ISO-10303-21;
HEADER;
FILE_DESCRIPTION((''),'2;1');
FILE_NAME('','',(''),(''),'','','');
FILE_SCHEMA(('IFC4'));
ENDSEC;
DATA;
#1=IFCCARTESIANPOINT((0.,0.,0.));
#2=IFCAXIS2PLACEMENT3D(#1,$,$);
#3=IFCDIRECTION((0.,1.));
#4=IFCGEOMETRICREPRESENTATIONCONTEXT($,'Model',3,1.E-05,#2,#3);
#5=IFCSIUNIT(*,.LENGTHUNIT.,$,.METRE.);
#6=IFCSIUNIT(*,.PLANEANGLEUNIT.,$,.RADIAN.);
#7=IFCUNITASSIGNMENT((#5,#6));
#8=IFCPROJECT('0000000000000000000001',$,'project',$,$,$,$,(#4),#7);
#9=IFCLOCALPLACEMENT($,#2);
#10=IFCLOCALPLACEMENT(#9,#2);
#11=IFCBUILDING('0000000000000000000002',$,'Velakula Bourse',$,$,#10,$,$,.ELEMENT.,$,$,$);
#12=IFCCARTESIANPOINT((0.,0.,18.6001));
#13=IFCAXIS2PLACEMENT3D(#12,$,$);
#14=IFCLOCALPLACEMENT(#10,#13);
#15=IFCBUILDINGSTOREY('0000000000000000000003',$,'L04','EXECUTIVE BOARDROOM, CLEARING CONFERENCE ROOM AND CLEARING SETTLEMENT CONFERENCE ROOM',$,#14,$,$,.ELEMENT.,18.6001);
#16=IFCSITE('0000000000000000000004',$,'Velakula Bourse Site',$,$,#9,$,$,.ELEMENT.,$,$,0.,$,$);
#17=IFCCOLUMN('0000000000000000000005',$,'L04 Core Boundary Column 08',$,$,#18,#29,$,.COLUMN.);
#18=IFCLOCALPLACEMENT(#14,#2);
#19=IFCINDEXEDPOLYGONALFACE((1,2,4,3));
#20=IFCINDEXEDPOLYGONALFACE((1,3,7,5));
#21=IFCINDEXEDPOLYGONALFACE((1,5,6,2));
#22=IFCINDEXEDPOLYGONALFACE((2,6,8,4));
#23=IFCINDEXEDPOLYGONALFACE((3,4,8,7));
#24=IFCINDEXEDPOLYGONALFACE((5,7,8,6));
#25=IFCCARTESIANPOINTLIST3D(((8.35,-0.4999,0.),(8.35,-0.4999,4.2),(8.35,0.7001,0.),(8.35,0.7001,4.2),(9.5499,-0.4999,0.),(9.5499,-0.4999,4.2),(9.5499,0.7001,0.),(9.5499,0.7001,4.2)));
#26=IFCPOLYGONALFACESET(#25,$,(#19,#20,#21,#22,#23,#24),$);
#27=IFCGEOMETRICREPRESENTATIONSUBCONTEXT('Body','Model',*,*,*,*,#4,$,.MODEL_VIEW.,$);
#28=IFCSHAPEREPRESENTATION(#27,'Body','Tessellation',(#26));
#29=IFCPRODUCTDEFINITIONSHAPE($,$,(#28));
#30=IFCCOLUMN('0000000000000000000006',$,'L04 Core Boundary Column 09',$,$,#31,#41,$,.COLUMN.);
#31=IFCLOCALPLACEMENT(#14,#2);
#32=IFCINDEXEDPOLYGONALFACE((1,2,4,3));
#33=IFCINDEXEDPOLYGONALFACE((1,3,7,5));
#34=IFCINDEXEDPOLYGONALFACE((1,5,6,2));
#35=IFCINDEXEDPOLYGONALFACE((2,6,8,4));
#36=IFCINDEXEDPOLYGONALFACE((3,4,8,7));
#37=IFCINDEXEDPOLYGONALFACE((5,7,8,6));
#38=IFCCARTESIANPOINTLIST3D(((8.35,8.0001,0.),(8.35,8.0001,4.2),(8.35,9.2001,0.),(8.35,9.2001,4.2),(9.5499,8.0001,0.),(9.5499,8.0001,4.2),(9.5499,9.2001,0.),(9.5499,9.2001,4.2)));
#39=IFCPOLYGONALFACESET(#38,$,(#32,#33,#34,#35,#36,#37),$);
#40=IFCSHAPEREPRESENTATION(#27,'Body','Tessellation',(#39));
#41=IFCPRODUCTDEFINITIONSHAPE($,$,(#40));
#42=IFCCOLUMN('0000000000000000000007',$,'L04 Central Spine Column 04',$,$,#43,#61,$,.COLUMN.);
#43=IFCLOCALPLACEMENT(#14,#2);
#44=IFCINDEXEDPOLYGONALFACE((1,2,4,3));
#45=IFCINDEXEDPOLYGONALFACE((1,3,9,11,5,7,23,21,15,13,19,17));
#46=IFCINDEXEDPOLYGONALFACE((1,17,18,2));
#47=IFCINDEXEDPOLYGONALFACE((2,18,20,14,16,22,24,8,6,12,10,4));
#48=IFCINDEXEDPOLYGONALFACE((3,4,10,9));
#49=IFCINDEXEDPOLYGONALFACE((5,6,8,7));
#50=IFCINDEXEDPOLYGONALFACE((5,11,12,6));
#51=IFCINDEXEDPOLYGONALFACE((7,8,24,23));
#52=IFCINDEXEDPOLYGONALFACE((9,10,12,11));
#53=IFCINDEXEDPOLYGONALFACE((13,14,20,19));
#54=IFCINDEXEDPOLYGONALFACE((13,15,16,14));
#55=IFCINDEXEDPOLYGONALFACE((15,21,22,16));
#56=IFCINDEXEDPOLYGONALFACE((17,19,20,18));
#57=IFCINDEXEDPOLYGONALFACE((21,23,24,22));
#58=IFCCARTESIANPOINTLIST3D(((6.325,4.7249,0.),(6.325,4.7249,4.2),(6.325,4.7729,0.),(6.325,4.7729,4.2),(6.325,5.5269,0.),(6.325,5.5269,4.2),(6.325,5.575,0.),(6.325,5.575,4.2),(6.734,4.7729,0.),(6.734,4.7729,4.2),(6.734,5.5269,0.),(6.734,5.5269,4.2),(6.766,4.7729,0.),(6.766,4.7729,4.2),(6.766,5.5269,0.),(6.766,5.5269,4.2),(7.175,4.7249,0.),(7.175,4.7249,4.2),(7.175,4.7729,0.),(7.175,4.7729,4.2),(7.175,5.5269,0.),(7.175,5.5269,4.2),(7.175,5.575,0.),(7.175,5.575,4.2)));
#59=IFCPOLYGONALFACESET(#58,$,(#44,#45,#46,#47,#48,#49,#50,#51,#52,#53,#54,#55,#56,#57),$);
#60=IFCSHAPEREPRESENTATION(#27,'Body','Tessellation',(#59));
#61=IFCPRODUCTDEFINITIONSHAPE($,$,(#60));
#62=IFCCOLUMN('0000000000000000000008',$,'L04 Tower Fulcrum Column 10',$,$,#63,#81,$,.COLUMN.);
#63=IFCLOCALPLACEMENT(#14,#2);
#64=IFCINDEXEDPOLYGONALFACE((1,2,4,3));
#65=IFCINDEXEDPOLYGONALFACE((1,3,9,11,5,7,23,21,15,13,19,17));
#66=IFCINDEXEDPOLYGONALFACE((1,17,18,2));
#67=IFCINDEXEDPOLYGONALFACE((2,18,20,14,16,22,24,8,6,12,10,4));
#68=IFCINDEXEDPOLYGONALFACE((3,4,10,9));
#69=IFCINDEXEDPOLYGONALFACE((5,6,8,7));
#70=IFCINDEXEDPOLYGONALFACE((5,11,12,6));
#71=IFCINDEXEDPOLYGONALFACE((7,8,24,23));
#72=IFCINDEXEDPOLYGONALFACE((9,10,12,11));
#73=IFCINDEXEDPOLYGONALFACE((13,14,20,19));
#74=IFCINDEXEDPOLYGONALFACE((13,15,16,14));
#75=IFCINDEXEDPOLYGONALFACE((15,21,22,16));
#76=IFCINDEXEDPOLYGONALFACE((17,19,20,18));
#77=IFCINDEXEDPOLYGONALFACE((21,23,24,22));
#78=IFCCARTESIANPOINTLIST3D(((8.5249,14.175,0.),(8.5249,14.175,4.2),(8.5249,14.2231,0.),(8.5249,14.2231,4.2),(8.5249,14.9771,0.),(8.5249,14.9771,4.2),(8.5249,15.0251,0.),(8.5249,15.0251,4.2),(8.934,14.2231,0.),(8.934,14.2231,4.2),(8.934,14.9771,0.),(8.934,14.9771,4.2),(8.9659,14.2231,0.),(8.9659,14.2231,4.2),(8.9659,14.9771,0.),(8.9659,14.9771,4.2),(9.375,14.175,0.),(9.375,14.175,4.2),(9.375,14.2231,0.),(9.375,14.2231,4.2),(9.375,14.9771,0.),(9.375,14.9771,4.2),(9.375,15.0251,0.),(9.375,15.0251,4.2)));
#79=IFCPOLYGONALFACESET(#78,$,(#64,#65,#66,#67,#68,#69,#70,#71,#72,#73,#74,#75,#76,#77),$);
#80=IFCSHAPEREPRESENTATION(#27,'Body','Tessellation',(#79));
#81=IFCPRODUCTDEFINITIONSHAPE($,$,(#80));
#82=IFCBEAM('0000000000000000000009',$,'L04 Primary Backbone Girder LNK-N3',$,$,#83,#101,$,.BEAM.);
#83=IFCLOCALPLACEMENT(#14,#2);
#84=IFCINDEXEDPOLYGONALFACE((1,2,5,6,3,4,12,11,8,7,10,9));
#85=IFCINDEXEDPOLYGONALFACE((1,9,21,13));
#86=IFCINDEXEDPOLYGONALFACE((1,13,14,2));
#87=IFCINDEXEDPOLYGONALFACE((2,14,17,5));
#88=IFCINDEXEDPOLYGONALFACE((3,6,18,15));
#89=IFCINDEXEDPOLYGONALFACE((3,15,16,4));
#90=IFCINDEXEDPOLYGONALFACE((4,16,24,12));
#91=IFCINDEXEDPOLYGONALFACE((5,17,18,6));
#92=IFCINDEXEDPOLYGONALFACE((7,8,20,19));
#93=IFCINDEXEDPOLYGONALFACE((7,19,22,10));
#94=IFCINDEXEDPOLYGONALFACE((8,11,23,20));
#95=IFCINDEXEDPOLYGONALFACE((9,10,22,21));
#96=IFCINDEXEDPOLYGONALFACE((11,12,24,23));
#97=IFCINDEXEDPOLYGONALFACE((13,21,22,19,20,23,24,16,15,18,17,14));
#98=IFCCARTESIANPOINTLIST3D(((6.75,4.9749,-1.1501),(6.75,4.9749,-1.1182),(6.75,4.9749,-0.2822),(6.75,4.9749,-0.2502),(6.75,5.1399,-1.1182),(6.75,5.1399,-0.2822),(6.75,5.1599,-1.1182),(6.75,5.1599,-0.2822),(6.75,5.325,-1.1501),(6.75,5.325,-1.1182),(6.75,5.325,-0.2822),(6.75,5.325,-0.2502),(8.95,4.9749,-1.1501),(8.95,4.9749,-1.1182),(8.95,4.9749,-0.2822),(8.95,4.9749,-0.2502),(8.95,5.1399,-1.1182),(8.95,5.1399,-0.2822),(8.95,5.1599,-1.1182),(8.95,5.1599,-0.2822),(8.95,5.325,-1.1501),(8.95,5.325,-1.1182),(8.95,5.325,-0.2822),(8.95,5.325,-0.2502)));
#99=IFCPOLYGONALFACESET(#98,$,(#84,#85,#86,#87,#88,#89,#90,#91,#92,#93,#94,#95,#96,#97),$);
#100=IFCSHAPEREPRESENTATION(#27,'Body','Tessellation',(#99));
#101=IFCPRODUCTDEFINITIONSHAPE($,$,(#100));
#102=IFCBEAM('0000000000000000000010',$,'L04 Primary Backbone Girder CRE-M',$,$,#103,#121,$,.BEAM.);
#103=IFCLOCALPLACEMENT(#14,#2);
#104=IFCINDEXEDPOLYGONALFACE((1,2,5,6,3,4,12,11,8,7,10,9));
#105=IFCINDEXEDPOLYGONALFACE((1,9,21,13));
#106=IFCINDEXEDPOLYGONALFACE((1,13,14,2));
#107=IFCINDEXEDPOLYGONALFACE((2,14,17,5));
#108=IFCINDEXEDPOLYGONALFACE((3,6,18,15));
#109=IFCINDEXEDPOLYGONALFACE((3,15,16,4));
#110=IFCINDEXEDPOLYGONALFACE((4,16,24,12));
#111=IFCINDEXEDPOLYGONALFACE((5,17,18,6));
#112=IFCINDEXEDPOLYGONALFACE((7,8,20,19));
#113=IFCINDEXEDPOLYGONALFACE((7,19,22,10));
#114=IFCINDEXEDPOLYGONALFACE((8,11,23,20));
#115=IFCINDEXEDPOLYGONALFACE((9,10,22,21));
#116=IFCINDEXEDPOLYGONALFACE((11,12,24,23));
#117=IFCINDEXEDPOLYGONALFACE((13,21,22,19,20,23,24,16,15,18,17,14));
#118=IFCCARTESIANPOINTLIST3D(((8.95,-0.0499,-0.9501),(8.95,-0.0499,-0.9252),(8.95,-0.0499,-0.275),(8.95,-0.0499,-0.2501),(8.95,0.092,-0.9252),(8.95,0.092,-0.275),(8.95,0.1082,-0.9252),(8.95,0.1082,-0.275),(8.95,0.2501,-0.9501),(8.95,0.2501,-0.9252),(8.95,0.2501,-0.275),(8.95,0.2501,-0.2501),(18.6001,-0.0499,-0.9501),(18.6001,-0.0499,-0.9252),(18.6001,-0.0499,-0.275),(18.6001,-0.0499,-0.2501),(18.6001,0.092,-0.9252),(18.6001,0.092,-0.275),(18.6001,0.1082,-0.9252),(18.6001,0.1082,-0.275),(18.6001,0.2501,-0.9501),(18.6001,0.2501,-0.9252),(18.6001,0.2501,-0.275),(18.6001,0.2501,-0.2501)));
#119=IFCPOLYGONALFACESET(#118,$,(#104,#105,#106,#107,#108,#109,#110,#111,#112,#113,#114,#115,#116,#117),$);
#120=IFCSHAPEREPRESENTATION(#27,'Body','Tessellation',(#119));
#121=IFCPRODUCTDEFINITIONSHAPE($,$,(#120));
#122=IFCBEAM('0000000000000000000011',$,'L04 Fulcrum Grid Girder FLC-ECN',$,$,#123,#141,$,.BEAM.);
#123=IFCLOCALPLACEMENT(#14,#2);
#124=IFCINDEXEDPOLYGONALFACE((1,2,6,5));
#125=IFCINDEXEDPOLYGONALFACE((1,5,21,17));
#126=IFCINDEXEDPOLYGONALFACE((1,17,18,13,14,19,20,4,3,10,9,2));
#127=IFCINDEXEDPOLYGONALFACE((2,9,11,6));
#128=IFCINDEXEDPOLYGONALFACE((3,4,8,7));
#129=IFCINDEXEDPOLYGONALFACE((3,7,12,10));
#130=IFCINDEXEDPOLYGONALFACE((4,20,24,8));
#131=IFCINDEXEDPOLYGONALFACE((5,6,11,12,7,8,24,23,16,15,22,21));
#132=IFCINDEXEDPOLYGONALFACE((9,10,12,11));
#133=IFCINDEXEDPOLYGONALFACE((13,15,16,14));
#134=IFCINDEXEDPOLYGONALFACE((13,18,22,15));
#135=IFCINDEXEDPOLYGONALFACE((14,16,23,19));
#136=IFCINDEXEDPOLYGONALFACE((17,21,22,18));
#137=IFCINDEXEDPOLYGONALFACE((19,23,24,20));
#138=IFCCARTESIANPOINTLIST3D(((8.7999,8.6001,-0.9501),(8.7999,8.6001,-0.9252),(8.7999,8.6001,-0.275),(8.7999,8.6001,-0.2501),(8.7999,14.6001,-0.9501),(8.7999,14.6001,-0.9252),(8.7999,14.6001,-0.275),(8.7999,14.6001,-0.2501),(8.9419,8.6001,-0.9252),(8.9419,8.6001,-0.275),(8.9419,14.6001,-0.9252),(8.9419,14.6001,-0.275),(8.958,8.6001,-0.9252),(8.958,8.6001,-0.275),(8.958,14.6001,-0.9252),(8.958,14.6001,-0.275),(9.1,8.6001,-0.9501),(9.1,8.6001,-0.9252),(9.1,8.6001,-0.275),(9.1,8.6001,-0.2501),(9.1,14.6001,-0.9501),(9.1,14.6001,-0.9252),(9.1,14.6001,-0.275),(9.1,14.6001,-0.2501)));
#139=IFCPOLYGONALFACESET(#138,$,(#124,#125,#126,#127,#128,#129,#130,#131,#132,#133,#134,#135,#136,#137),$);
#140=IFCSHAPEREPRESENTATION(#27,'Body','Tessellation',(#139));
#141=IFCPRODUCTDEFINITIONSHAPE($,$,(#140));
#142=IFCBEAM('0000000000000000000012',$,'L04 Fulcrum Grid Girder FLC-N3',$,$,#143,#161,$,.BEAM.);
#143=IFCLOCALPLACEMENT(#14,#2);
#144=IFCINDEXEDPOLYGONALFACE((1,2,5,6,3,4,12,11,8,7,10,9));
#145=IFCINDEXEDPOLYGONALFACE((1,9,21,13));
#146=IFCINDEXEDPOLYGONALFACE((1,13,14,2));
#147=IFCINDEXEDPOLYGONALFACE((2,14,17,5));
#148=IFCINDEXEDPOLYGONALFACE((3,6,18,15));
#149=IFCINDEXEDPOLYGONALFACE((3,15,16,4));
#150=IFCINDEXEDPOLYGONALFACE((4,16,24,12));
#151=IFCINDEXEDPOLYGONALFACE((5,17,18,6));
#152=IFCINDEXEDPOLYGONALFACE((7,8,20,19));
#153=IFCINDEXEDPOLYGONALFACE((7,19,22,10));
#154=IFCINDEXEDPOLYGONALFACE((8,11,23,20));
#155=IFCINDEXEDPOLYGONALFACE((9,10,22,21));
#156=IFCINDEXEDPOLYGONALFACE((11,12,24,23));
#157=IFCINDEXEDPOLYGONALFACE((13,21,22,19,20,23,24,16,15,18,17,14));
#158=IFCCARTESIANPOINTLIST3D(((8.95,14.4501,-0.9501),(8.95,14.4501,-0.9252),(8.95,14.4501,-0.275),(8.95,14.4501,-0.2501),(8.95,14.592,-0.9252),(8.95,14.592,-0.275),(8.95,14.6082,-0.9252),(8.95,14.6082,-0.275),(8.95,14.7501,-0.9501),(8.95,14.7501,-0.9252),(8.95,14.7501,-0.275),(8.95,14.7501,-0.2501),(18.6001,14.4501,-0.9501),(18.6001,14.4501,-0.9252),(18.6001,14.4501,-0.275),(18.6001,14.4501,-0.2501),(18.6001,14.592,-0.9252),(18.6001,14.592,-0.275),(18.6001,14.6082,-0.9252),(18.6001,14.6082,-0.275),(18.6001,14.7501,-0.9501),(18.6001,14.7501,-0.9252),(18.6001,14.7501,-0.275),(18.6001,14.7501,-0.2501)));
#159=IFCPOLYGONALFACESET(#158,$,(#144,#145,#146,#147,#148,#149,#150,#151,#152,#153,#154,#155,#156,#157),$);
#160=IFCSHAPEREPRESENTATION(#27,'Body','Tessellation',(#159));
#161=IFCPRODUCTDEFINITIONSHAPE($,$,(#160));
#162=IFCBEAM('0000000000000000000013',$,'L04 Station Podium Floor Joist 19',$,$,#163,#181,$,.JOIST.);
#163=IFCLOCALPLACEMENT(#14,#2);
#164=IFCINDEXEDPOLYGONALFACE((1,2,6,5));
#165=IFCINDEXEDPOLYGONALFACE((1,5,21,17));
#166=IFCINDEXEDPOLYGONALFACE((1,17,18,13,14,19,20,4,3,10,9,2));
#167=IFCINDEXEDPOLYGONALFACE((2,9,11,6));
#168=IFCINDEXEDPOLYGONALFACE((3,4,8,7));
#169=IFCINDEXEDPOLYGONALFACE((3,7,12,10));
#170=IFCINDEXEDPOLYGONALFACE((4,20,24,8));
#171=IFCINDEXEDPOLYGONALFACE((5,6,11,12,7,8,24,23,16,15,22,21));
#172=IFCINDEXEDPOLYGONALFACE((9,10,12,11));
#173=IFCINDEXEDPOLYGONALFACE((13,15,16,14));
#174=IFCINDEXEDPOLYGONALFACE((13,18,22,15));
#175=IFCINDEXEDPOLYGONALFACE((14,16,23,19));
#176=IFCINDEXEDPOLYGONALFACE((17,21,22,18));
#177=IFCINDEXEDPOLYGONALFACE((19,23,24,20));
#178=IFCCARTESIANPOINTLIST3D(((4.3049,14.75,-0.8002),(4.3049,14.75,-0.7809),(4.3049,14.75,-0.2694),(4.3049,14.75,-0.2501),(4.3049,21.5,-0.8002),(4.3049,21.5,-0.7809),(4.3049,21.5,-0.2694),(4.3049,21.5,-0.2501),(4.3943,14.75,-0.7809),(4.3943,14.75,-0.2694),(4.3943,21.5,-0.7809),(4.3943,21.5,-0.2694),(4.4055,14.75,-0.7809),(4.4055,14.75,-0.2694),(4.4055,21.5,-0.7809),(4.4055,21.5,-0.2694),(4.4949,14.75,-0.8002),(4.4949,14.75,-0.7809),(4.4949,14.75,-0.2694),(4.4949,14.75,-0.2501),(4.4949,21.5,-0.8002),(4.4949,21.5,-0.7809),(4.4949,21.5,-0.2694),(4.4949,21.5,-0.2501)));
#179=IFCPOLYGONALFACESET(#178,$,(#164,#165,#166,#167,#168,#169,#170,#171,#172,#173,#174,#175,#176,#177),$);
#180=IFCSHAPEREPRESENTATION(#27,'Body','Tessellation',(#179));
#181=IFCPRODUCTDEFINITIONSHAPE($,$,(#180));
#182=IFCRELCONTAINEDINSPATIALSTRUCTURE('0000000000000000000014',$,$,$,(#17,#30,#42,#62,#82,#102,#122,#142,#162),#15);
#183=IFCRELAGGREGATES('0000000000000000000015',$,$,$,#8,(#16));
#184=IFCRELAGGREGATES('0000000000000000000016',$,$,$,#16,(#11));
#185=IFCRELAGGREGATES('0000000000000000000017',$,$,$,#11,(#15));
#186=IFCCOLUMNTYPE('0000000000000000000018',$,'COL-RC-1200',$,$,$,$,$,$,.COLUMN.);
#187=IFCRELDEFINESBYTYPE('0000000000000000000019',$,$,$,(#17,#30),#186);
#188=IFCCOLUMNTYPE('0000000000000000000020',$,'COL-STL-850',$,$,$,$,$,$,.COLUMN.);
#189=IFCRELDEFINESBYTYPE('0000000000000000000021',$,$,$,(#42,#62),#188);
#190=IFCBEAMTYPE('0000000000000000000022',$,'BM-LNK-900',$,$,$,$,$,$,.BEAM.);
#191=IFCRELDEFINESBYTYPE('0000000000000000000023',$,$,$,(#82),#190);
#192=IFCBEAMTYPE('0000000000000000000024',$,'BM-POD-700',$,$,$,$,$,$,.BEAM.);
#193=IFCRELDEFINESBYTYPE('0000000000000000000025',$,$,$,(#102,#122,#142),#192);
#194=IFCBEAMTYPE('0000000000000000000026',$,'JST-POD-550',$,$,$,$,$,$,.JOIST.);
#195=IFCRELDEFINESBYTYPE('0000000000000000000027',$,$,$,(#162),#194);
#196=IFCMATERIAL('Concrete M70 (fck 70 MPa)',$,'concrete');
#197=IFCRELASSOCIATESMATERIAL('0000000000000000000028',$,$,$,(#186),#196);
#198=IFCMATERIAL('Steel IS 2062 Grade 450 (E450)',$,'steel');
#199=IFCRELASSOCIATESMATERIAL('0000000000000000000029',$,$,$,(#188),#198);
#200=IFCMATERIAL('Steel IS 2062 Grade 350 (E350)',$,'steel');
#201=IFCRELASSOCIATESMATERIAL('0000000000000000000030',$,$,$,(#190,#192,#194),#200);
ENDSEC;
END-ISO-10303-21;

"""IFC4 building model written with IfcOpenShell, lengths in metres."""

from ifc_helpers import new_model, si_unit, direction, frame, origin, origin_2d, place, context, subcontext, project, spatial, rectangle, i_section, extrude, material, material_profile, profile_set, type_object, element, save


model = new_model("IFC4")

# Units and contexts
model_context = context("Model", 3, precision=1e-05, world=origin(), true_north=direction((0.0, 1.0)))
body_context = subcontext(model_context, "Body", "Model", "MODEL_VIEW")
ifc_project = project(units=[si_unit("LENGTHUNIT", "METRE"), si_unit("PLANEANGLEUNIT", "RADIAN")], contexts=[model_context])

# Site, building, storey
site_placement = place(None, origin())
site = spatial("IfcSite", under=ifc_project, at=site_placement, Name="Velakula Bourse Site", CompositionType="ELEMENT", RefElevation=0.0)
building_placement = place(site_placement, origin())
building = spatial("IfcBuilding", under=site, at=building_placement, Name="Velakula Bourse", CompositionType="ELEMENT")
storey_placement = place(building_placement, frame((0.0, 0.0, 18.6001)))
storey = spatial("IfcBuildingStorey", under=building, at=storey_placement, Name="L04", Description="EXECUTIVE BOARDROOM, CLEARING CONFERENCE ROOM AND CLEARING SETTLEMENT CONFERENCE ROOM", CompositionType="ELEMENT", Elevation=18.6001)

# Columns
ifc_material_1 = material(Name="Concrete M70 (fck 70 MPa)", Category="concrete")
ifc_material_profile_1 = material_profile(ifc_material_1, rectangle(XDim=1.2, YDim=1.2, at=origin_2d()), Name="Concrete M70 (fck 70 MPa)")
ifc_profile_set_1 = profile_set([ifc_material_profile_1], Name="Concrete M70 (fck 70 MPa)")
column_type_1 = type_object("IfcColumnType", Name="COL-RC-1200", PredefinedType="COLUMN", material=ifc_profile_set_1)
for number, where, z_axis, x_axis, name in (
    (1, (8.95, 0.1001, 0.0), (0.0, 0.0, 1.0), (1.0, 0.0, 0.0), "L04 Core Boundary Column 08"),
    (2, (8.95, 8.6001, 0.0), (0.0, 0.0, 1.0), (1.0, 0.0, 0.0), "L04 Core Boundary Column 09"),
):
    element("IfcColumn", number, at=place(storey_placement, frame(where, z_axis=z_axis, x_axis=x_axis)), inside=storey, type_object=column_type_1, Name=name, PredefinedType="COLUMN", context=body_context, shape_type="SweptSolid", body=[
        extrude(rectangle(XDim=1.2, YDim=1.2, at=origin_2d()), origin(), (0.0, 0.0, 1.0), 4.2),
    ])
ifc_material_2 = material(Name="Steel IS 2062 Grade 450 (E450)", Category="steel")
ifc_material_profile_2 = material_profile(ifc_material_2, i_section(OverallWidth=0.8501, OverallDepth=0.8501, WebThickness=0.032, FlangeThickness=0.0481, at=origin_2d()), Name="Steel IS 2062 Grade 450 (E450)")
ifc_profile_set_2 = profile_set([ifc_material_profile_2], Name="Steel IS 2062 Grade 450 (E450)")
column_type_2 = type_object("IfcColumnType", Name="COL-STL-850", PredefinedType="COLUMN", material=ifc_profile_set_2)
for number, where, z_axis, x_axis, name in (
    (3, (6.75, 5.1499, 0.0), (0.0, 0.0, 1.0), (1.0, 0.0, 0.0), "L04 Central Spine Column 04"),
    (4, (8.95, 14.6001, 0.0), (0.0, 0.0, 1.0), (1.0, 0.0, 0.0), "L04 Tower Fulcrum Column 10"),
):
    element("IfcColumn", number, at=place(storey_placement, frame(where, z_axis=z_axis, x_axis=x_axis)), inside=storey, type_object=column_type_2, Name=name, PredefinedType="COLUMN", context=body_context, shape_type="SweptSolid", body=[
        extrude(i_section(OverallWidth=0.8501, OverallDepth=0.8501, WebThickness=0.032, FlangeThickness=0.0481, at=origin_2d()), origin(), (0.0, 0.0, 1.0), 4.2),
    ])

# Beams
ifc_material_3 = material(Name="Steel IS 2062 Grade 350 (E350)", Category="steel")
ifc_material_profile_3 = material_profile(ifc_material_3, i_section(OverallWidth=0.3501, OverallDepth=0.8999, WebThickness=0.02, FlangeThickness=0.032, at=origin_2d()), Name="Steel IS 2062 Grade 350 (E350)")
ifc_profile_set_3 = profile_set([ifc_material_profile_3], Name="Steel IS 2062 Grade 350 (E350)")
beam_type_1 = type_object("IfcBeamType", Name="BM-LNK-900", PredefinedType="BEAM", material=ifc_profile_set_3)
beam_1_placement = place(storey_placement, frame((6.75, 5.1499, -0.7002), z_axis=(1.0, 0.0, 0.0), x_axis=(0.0, 1.0, 0.0)))
element("IfcBeam", 5, at=beam_1_placement, inside=storey, type_object=beam_type_1, Name="L04 Primary Backbone Girder LNK-N3", PredefinedType="BEAM", context=body_context, shape_type="SweptSolid", body=[
    extrude(i_section(OverallWidth=0.3501, OverallDepth=0.8999, WebThickness=0.02, FlangeThickness=0.032, at=origin_2d()), origin(), (0.0, 0.0, 1.0), 2.2),
])
ifc_material_profile_4 = material_profile(ifc_material_3, i_section(OverallWidth=0.3, OverallDepth=0.7, WebThickness=0.0161, FlangeThickness=0.0249, at=origin_2d()), Name="Steel IS 2062 Grade 350 (E350)")
ifc_profile_set_4 = profile_set([ifc_material_profile_4], Name="Steel IS 2062 Grade 350 (E350)")
beam_type_2 = type_object("IfcBeamType", Name="BM-POD-700", PredefinedType="BEAM", material=ifc_profile_set_4)
beam_2_placement = place(storey_placement, frame((8.95, 0.1001, -0.6001), z_axis=(1.0, 0.0, 0.0), x_axis=(0.0, 1.0, 0.0)))
element("IfcBeam", 6, at=beam_2_placement, inside=storey, type_object=beam_type_2, Name="L04 Primary Backbone Girder CRE-M", PredefinedType="BEAM", context=body_context, shape_type="SweptSolid", body=[
    extrude(i_section(OverallWidth=0.3, OverallDepth=0.7, WebThickness=0.0161, FlangeThickness=0.0249, at=origin_2d()), origin(), (0.0, 0.0, 1.0), 9.6501),
])
beam_3_placement = place(storey_placement, frame((8.95, 8.6001, -0.6001), z_axis=(0.0, 1.0, 0.0), x_axis=(-1.0, 0.0, 0.0)))
element("IfcBeam", 7, at=beam_3_placement, inside=storey, type_object=beam_type_2, Name="L04 Fulcrum Grid Girder FLC-ECN", PredefinedType="BEAM", context=body_context, shape_type="SweptSolid", body=[
    extrude(i_section(OverallWidth=0.3, OverallDepth=0.7, WebThickness=0.0161, FlangeThickness=0.0249, at=origin_2d()), origin(), (0.0, 0.0, 1.0), 6.0),
])
beam_4_placement = place(storey_placement, frame((8.95, 14.6001, -0.6001), z_axis=(1.0, 0.0, 0.0), x_axis=(0.0, 1.0, 0.0)))
element("IfcBeam", 8, at=beam_4_placement, inside=storey, type_object=beam_type_2, Name="L04 Fulcrum Grid Girder FLC-N3", PredefinedType="BEAM", context=body_context, shape_type="SweptSolid", body=[
    extrude(i_section(OverallWidth=0.3, OverallDepth=0.7, WebThickness=0.0161, FlangeThickness=0.0249, at=origin_2d()), origin(), (0.0, 0.0, 1.0), 9.6501),
])
ifc_material_profile_5 = material_profile(ifc_material_3, i_section(OverallWidth=0.1899, OverallDepth=0.55, WebThickness=0.0112, FlangeThickness=0.0193, at=origin_2d()), Name="Steel IS 2062 Grade 350 (E350)")
ifc_profile_set_5 = profile_set([ifc_material_profile_5], Name="Steel IS 2062 Grade 350 (E350)")
beam_type_3 = type_object("IfcBeamType", Name="JST-POD-550", PredefinedType="JOIST", material=ifc_profile_set_5)
for number, where, z_axis, x_axis, name in (
    (9, (4.3999, 14.75, -0.5251), (0.0, 1.0, 0.0), (-1.0, 0.0, 0.0), "L04 Station Podium Floor Joist 19"),
):
    element("IfcBeam", number, at=place(storey_placement, frame(where, z_axis=z_axis, x_axis=x_axis)), inside=storey, type_object=beam_type_3, Name=name, PredefinedType="JOIST", context=body_context, shape_type="SweptSolid", body=[
        extrude(i_section(OverallWidth=0.1899, OverallDepth=0.55, WebThickness=0.0112, FlangeThickness=0.0193, at=origin_2d()), origin(), (0.0, 0.0, 1.0), 6.75),
    ])

save(model, "model.ifc")
